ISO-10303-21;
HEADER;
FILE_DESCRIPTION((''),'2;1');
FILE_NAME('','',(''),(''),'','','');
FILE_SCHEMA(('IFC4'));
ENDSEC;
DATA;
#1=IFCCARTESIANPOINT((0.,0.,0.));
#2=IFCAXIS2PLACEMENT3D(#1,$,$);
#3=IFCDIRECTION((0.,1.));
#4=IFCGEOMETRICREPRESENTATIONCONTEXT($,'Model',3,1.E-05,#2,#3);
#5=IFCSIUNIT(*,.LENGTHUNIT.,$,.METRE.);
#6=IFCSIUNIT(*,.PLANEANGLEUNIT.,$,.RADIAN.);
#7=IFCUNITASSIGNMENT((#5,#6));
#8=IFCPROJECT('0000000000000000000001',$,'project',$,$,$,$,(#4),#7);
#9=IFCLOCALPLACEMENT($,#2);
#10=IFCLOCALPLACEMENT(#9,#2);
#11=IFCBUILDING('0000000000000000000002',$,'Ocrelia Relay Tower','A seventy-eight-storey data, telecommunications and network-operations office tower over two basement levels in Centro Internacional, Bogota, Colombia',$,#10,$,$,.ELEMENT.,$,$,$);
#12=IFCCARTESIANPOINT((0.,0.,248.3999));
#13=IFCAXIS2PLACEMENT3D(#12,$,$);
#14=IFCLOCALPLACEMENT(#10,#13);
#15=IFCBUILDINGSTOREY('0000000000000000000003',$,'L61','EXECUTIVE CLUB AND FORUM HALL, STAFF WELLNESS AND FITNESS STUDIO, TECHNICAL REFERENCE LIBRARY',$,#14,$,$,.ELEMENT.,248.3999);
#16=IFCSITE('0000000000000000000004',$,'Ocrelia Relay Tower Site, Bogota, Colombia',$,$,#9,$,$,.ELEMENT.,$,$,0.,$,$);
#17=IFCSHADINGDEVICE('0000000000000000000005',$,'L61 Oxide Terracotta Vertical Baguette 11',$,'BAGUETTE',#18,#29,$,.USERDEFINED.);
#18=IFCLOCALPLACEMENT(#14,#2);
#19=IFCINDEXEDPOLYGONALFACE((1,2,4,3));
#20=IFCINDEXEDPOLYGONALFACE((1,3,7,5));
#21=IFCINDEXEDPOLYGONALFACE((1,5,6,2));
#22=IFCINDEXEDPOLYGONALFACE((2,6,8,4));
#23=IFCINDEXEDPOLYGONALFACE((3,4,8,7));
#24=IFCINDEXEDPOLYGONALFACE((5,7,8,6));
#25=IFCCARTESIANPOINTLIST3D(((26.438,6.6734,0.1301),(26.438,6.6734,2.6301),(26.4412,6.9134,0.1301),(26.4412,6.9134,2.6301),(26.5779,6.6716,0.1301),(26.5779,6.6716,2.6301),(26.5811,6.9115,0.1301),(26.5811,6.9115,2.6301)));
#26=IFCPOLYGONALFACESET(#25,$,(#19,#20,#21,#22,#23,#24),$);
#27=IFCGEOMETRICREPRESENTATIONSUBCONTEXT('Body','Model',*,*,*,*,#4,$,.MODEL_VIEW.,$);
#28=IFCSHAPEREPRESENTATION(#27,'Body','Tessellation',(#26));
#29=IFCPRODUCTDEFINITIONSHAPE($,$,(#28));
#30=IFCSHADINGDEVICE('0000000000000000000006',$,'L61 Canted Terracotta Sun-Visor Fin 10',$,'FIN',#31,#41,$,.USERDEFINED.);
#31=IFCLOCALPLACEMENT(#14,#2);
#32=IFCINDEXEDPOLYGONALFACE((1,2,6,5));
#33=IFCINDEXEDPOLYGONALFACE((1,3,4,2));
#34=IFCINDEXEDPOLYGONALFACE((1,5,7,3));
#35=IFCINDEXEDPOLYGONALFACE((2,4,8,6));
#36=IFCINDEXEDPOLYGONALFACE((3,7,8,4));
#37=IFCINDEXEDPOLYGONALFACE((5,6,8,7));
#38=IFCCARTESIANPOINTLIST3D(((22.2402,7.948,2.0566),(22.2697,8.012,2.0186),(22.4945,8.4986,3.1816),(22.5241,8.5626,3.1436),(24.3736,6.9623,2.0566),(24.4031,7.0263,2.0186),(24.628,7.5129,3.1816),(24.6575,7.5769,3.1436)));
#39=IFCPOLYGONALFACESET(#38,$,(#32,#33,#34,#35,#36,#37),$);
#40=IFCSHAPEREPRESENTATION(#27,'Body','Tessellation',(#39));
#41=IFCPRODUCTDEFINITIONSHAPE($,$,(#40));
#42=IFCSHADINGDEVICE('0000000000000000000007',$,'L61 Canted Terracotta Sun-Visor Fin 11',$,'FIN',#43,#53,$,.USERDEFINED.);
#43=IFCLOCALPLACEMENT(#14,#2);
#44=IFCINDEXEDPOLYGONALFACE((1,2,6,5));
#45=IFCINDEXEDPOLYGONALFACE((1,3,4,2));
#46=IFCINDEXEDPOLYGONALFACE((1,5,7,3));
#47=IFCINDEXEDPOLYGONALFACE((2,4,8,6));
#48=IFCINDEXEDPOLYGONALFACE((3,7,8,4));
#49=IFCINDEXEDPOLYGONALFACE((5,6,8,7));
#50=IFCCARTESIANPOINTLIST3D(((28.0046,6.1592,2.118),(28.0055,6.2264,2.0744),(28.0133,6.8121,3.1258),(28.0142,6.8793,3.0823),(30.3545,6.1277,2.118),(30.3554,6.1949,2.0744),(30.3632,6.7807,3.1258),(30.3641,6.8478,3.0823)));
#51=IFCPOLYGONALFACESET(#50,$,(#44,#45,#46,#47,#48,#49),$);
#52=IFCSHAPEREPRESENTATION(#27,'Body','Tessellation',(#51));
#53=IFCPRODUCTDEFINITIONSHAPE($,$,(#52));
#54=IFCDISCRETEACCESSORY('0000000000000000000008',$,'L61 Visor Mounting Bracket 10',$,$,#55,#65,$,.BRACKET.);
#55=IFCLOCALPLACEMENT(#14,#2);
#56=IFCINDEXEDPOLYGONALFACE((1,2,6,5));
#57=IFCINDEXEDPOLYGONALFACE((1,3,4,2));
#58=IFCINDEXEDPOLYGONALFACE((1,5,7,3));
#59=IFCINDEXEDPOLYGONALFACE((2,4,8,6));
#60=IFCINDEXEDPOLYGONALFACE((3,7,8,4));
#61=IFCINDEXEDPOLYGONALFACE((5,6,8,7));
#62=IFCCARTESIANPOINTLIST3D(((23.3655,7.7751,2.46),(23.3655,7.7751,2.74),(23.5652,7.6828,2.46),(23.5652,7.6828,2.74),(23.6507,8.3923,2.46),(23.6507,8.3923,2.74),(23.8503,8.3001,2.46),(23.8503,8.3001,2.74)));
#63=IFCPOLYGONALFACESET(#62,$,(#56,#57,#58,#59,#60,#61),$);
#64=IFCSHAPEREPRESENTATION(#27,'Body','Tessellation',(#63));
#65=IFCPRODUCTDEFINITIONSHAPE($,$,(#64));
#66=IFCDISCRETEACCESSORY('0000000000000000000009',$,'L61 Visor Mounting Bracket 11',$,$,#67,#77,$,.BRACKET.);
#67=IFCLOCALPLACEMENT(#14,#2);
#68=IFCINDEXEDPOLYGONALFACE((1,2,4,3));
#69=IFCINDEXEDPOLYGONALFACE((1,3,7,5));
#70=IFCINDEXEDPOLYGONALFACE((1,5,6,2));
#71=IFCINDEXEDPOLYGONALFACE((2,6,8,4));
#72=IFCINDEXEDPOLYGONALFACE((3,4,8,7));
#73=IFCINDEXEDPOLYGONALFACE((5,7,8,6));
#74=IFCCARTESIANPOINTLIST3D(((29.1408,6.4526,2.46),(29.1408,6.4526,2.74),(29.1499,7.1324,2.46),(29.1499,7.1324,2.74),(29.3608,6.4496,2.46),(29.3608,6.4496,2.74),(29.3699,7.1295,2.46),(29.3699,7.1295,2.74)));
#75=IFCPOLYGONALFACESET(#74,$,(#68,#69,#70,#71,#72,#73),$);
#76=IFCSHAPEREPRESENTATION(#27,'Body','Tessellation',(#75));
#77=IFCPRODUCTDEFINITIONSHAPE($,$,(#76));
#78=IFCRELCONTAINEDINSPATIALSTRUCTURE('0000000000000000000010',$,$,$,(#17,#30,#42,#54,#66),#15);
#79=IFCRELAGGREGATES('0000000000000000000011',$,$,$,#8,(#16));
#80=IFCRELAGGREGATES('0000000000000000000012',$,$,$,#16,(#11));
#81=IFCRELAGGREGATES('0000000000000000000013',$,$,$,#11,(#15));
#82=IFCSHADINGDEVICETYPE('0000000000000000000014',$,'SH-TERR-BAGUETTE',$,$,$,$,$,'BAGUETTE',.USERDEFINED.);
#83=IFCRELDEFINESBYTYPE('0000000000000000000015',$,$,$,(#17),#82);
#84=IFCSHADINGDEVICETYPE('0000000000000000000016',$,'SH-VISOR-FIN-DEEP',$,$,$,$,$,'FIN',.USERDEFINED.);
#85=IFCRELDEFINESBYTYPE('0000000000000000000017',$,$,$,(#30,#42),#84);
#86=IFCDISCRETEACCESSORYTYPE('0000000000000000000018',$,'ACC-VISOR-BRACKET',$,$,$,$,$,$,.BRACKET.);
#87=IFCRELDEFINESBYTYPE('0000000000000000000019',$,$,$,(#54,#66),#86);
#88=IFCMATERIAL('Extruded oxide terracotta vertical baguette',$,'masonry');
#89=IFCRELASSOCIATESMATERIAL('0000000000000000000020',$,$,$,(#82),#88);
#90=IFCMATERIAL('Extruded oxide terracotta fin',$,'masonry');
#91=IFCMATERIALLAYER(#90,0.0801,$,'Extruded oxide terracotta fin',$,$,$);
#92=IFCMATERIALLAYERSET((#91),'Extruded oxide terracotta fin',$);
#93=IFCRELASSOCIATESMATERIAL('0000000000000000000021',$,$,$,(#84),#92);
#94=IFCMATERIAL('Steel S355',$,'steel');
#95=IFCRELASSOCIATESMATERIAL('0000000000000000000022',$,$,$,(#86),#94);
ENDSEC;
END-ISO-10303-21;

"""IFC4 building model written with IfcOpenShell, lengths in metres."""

from ifc_helpers import new_model, si_unit, direction, frame, origin, origin_2d, place, context, subcontext, project, spatial, rectangle, extrude, material, layer, layer_set, type_object, element, save


model = new_model("IFC4")

# Units and contexts
model_context = context("Model", 3, precision=1e-05, world=origin(), true_north=direction((0.0, 1.0)))
body_context = subcontext(model_context, "Body", "Model", "MODEL_VIEW")
ifc_project = project(units=[si_unit("LENGTHUNIT", "METRE"), si_unit("PLANEANGLEUNIT", "RADIAN")], contexts=[model_context])

# Site, building, storey
site_placement = place(None, origin())
site = spatial("IfcSite", under=ifc_project, at=site_placement, Name="Ocrelia Relay Tower Site, Bogota, Colombia", CompositionType="ELEMENT", RefElevation=0.0)
building_placement = place(site_placement, origin())
building = spatial("IfcBuilding", under=site, at=building_placement, Name="Ocrelia Relay Tower", Description="A seventy-eight-storey data, telecommunications and network-operations office tower over two basement levels in Centro Internacional, Bogota, Colombia", CompositionType="ELEMENT")
storey_placement = place(building_placement, frame((0.0, 0.0, 248.3999)))
storey = spatial("IfcBuildingStorey", under=building, at=storey_placement, Name="L61", Description="EXECUTIVE CLUB AND FORUM HALL, STAFF WELLNESS AND FITNESS STUDIO, TECHNICAL REFERENCE LIBRARY", CompositionType="ELEMENT", Elevation=248.3999)

# Shared definitions
ifc_material_1 = material(Name="Steel S355", Category="steel")

# Shading devices
ifc_material_2 = material(Name="Extruded oxide terracotta vertical baguette", Category="masonry")
shading_device_type_1 = type_object("IfcShadingDeviceType", Name="SH-TERR-BAGUETTE", ElementType="BAGUETTE", PredefinedType="USERDEFINED", material=ifc_material_2)
shading_device_1_placement = place(storey_placement, frame((26.5095, 6.7925, 0.1301), z_axis=(0.0, 0.0, 1.0), x_axis=(0.99991, -0.013395, 0.0)))
element("IfcShadingDevice", 1, at=shading_device_1_placement, inside=storey, type_object=shading_device_type_1, Name="L61 Oxide Terracotta Vertical Baguette 11", ObjectType="BAGUETTE", PredefinedType="USERDEFINED", context=body_context, shape_type="SweptSolid", body=[
    extrude(rectangle(XDim=0.1399, YDim=0.24, at=origin_2d()), origin(), (0.0, 0.0, 1.0), 2.5),
])
ifc_material_3 = material(Name="Extruded oxide terracotta fin", Category="masonry")
ifc_layer_1 = layer(ifc_material_3, 0.0801, Name="Extruded oxide terracotta fin")
ifc_layer_set_1 = layer_set([ifc_layer_1], Name="Extruded oxide terracotta fin")
shading_device_type_2 = type_object("IfcShadingDeviceType", Name="SH-VISOR-FIN-DEEP", ElementType="FIN", PredefinedType="USERDEFINED", material=ifc_layer_set_1)
shading_device_2_placement = place(storey_placement, frame((23.4636, 7.7944, 2.5811), z_axis=(-0.369179, -0.799068, 0.474549), x_axis=(0.907796, -0.419413, 0.0)))
element("IfcShadingDevice", 2, at=shading_device_2_placement, inside=storey, type_object=shading_device_type_2, Name="L61 Canted Terracotta Sun-Visor Fin 10", ObjectType="FIN", PredefinedType="USERDEFINED", context=body_context, shape_type="SweptSolid", body=[
    extrude(rectangle(XDim=2.3501, YDim=1.2781, at=origin_2d()), origin(), (0.0, 0.0, 1.0), 0.0801),
])
shading_device_3_placement = place(storey_placement, frame((29.1848, 6.5371, 2.5784), z_axis=(-0.011242, -0.839165, 0.54376), x_axis=(0.99991, -0.013395, 0.0)))
element("IfcShadingDevice", 3, at=shading_device_3_placement, inside=storey, type_object=shading_device_type_2, Name="L61 Canted Terracotta Sun-Visor Fin 11", ObjectType="FIN", PredefinedType="USERDEFINED", context=body_context, shape_type="SweptSolid", body=[
    extrude(rectangle(XDim=2.3501, YDim=1.2009, at=origin_2d()), origin(), (0.0, 0.0, 1.0), 0.0801),
])

# Discrete accessories
discrete_accessory_type = type_object("IfcDiscreteAccessoryType", Name="ACC-VISOR-BRACKET", PredefinedType="BRACKET", material=ifc_material_1)
for number, where, z_axis, x_axis, name in (
    (4, (23.6079, 8.0376, 2.46), (0.0, 0.0, 1.0), (0.907796, -0.419413, 0.0), "L61 Visor Mounting Bracket 10"),
    (5, (29.2554, 6.791, 2.46), (0.0, 0.0, 1.0), (0.99991, -0.013395, 0.0), "L61 Visor Mounting Bracket 11"),
):
    element("IfcDiscreteAccessory", number, at=place(storey_placement, frame(where, z_axis=z_axis, x_axis=x_axis)), inside=storey, type_object=discrete_accessory_type, Name=name, PredefinedType="BRACKET", context=body_context, shape_type="SweptSolid", body=[
        extrude(rectangle(XDim=0.22, YDim=0.6799, at=origin_2d()), origin(), (0.0, 0.0, 1.0), 0.28),
    ])

save(model, "model.ifc")
